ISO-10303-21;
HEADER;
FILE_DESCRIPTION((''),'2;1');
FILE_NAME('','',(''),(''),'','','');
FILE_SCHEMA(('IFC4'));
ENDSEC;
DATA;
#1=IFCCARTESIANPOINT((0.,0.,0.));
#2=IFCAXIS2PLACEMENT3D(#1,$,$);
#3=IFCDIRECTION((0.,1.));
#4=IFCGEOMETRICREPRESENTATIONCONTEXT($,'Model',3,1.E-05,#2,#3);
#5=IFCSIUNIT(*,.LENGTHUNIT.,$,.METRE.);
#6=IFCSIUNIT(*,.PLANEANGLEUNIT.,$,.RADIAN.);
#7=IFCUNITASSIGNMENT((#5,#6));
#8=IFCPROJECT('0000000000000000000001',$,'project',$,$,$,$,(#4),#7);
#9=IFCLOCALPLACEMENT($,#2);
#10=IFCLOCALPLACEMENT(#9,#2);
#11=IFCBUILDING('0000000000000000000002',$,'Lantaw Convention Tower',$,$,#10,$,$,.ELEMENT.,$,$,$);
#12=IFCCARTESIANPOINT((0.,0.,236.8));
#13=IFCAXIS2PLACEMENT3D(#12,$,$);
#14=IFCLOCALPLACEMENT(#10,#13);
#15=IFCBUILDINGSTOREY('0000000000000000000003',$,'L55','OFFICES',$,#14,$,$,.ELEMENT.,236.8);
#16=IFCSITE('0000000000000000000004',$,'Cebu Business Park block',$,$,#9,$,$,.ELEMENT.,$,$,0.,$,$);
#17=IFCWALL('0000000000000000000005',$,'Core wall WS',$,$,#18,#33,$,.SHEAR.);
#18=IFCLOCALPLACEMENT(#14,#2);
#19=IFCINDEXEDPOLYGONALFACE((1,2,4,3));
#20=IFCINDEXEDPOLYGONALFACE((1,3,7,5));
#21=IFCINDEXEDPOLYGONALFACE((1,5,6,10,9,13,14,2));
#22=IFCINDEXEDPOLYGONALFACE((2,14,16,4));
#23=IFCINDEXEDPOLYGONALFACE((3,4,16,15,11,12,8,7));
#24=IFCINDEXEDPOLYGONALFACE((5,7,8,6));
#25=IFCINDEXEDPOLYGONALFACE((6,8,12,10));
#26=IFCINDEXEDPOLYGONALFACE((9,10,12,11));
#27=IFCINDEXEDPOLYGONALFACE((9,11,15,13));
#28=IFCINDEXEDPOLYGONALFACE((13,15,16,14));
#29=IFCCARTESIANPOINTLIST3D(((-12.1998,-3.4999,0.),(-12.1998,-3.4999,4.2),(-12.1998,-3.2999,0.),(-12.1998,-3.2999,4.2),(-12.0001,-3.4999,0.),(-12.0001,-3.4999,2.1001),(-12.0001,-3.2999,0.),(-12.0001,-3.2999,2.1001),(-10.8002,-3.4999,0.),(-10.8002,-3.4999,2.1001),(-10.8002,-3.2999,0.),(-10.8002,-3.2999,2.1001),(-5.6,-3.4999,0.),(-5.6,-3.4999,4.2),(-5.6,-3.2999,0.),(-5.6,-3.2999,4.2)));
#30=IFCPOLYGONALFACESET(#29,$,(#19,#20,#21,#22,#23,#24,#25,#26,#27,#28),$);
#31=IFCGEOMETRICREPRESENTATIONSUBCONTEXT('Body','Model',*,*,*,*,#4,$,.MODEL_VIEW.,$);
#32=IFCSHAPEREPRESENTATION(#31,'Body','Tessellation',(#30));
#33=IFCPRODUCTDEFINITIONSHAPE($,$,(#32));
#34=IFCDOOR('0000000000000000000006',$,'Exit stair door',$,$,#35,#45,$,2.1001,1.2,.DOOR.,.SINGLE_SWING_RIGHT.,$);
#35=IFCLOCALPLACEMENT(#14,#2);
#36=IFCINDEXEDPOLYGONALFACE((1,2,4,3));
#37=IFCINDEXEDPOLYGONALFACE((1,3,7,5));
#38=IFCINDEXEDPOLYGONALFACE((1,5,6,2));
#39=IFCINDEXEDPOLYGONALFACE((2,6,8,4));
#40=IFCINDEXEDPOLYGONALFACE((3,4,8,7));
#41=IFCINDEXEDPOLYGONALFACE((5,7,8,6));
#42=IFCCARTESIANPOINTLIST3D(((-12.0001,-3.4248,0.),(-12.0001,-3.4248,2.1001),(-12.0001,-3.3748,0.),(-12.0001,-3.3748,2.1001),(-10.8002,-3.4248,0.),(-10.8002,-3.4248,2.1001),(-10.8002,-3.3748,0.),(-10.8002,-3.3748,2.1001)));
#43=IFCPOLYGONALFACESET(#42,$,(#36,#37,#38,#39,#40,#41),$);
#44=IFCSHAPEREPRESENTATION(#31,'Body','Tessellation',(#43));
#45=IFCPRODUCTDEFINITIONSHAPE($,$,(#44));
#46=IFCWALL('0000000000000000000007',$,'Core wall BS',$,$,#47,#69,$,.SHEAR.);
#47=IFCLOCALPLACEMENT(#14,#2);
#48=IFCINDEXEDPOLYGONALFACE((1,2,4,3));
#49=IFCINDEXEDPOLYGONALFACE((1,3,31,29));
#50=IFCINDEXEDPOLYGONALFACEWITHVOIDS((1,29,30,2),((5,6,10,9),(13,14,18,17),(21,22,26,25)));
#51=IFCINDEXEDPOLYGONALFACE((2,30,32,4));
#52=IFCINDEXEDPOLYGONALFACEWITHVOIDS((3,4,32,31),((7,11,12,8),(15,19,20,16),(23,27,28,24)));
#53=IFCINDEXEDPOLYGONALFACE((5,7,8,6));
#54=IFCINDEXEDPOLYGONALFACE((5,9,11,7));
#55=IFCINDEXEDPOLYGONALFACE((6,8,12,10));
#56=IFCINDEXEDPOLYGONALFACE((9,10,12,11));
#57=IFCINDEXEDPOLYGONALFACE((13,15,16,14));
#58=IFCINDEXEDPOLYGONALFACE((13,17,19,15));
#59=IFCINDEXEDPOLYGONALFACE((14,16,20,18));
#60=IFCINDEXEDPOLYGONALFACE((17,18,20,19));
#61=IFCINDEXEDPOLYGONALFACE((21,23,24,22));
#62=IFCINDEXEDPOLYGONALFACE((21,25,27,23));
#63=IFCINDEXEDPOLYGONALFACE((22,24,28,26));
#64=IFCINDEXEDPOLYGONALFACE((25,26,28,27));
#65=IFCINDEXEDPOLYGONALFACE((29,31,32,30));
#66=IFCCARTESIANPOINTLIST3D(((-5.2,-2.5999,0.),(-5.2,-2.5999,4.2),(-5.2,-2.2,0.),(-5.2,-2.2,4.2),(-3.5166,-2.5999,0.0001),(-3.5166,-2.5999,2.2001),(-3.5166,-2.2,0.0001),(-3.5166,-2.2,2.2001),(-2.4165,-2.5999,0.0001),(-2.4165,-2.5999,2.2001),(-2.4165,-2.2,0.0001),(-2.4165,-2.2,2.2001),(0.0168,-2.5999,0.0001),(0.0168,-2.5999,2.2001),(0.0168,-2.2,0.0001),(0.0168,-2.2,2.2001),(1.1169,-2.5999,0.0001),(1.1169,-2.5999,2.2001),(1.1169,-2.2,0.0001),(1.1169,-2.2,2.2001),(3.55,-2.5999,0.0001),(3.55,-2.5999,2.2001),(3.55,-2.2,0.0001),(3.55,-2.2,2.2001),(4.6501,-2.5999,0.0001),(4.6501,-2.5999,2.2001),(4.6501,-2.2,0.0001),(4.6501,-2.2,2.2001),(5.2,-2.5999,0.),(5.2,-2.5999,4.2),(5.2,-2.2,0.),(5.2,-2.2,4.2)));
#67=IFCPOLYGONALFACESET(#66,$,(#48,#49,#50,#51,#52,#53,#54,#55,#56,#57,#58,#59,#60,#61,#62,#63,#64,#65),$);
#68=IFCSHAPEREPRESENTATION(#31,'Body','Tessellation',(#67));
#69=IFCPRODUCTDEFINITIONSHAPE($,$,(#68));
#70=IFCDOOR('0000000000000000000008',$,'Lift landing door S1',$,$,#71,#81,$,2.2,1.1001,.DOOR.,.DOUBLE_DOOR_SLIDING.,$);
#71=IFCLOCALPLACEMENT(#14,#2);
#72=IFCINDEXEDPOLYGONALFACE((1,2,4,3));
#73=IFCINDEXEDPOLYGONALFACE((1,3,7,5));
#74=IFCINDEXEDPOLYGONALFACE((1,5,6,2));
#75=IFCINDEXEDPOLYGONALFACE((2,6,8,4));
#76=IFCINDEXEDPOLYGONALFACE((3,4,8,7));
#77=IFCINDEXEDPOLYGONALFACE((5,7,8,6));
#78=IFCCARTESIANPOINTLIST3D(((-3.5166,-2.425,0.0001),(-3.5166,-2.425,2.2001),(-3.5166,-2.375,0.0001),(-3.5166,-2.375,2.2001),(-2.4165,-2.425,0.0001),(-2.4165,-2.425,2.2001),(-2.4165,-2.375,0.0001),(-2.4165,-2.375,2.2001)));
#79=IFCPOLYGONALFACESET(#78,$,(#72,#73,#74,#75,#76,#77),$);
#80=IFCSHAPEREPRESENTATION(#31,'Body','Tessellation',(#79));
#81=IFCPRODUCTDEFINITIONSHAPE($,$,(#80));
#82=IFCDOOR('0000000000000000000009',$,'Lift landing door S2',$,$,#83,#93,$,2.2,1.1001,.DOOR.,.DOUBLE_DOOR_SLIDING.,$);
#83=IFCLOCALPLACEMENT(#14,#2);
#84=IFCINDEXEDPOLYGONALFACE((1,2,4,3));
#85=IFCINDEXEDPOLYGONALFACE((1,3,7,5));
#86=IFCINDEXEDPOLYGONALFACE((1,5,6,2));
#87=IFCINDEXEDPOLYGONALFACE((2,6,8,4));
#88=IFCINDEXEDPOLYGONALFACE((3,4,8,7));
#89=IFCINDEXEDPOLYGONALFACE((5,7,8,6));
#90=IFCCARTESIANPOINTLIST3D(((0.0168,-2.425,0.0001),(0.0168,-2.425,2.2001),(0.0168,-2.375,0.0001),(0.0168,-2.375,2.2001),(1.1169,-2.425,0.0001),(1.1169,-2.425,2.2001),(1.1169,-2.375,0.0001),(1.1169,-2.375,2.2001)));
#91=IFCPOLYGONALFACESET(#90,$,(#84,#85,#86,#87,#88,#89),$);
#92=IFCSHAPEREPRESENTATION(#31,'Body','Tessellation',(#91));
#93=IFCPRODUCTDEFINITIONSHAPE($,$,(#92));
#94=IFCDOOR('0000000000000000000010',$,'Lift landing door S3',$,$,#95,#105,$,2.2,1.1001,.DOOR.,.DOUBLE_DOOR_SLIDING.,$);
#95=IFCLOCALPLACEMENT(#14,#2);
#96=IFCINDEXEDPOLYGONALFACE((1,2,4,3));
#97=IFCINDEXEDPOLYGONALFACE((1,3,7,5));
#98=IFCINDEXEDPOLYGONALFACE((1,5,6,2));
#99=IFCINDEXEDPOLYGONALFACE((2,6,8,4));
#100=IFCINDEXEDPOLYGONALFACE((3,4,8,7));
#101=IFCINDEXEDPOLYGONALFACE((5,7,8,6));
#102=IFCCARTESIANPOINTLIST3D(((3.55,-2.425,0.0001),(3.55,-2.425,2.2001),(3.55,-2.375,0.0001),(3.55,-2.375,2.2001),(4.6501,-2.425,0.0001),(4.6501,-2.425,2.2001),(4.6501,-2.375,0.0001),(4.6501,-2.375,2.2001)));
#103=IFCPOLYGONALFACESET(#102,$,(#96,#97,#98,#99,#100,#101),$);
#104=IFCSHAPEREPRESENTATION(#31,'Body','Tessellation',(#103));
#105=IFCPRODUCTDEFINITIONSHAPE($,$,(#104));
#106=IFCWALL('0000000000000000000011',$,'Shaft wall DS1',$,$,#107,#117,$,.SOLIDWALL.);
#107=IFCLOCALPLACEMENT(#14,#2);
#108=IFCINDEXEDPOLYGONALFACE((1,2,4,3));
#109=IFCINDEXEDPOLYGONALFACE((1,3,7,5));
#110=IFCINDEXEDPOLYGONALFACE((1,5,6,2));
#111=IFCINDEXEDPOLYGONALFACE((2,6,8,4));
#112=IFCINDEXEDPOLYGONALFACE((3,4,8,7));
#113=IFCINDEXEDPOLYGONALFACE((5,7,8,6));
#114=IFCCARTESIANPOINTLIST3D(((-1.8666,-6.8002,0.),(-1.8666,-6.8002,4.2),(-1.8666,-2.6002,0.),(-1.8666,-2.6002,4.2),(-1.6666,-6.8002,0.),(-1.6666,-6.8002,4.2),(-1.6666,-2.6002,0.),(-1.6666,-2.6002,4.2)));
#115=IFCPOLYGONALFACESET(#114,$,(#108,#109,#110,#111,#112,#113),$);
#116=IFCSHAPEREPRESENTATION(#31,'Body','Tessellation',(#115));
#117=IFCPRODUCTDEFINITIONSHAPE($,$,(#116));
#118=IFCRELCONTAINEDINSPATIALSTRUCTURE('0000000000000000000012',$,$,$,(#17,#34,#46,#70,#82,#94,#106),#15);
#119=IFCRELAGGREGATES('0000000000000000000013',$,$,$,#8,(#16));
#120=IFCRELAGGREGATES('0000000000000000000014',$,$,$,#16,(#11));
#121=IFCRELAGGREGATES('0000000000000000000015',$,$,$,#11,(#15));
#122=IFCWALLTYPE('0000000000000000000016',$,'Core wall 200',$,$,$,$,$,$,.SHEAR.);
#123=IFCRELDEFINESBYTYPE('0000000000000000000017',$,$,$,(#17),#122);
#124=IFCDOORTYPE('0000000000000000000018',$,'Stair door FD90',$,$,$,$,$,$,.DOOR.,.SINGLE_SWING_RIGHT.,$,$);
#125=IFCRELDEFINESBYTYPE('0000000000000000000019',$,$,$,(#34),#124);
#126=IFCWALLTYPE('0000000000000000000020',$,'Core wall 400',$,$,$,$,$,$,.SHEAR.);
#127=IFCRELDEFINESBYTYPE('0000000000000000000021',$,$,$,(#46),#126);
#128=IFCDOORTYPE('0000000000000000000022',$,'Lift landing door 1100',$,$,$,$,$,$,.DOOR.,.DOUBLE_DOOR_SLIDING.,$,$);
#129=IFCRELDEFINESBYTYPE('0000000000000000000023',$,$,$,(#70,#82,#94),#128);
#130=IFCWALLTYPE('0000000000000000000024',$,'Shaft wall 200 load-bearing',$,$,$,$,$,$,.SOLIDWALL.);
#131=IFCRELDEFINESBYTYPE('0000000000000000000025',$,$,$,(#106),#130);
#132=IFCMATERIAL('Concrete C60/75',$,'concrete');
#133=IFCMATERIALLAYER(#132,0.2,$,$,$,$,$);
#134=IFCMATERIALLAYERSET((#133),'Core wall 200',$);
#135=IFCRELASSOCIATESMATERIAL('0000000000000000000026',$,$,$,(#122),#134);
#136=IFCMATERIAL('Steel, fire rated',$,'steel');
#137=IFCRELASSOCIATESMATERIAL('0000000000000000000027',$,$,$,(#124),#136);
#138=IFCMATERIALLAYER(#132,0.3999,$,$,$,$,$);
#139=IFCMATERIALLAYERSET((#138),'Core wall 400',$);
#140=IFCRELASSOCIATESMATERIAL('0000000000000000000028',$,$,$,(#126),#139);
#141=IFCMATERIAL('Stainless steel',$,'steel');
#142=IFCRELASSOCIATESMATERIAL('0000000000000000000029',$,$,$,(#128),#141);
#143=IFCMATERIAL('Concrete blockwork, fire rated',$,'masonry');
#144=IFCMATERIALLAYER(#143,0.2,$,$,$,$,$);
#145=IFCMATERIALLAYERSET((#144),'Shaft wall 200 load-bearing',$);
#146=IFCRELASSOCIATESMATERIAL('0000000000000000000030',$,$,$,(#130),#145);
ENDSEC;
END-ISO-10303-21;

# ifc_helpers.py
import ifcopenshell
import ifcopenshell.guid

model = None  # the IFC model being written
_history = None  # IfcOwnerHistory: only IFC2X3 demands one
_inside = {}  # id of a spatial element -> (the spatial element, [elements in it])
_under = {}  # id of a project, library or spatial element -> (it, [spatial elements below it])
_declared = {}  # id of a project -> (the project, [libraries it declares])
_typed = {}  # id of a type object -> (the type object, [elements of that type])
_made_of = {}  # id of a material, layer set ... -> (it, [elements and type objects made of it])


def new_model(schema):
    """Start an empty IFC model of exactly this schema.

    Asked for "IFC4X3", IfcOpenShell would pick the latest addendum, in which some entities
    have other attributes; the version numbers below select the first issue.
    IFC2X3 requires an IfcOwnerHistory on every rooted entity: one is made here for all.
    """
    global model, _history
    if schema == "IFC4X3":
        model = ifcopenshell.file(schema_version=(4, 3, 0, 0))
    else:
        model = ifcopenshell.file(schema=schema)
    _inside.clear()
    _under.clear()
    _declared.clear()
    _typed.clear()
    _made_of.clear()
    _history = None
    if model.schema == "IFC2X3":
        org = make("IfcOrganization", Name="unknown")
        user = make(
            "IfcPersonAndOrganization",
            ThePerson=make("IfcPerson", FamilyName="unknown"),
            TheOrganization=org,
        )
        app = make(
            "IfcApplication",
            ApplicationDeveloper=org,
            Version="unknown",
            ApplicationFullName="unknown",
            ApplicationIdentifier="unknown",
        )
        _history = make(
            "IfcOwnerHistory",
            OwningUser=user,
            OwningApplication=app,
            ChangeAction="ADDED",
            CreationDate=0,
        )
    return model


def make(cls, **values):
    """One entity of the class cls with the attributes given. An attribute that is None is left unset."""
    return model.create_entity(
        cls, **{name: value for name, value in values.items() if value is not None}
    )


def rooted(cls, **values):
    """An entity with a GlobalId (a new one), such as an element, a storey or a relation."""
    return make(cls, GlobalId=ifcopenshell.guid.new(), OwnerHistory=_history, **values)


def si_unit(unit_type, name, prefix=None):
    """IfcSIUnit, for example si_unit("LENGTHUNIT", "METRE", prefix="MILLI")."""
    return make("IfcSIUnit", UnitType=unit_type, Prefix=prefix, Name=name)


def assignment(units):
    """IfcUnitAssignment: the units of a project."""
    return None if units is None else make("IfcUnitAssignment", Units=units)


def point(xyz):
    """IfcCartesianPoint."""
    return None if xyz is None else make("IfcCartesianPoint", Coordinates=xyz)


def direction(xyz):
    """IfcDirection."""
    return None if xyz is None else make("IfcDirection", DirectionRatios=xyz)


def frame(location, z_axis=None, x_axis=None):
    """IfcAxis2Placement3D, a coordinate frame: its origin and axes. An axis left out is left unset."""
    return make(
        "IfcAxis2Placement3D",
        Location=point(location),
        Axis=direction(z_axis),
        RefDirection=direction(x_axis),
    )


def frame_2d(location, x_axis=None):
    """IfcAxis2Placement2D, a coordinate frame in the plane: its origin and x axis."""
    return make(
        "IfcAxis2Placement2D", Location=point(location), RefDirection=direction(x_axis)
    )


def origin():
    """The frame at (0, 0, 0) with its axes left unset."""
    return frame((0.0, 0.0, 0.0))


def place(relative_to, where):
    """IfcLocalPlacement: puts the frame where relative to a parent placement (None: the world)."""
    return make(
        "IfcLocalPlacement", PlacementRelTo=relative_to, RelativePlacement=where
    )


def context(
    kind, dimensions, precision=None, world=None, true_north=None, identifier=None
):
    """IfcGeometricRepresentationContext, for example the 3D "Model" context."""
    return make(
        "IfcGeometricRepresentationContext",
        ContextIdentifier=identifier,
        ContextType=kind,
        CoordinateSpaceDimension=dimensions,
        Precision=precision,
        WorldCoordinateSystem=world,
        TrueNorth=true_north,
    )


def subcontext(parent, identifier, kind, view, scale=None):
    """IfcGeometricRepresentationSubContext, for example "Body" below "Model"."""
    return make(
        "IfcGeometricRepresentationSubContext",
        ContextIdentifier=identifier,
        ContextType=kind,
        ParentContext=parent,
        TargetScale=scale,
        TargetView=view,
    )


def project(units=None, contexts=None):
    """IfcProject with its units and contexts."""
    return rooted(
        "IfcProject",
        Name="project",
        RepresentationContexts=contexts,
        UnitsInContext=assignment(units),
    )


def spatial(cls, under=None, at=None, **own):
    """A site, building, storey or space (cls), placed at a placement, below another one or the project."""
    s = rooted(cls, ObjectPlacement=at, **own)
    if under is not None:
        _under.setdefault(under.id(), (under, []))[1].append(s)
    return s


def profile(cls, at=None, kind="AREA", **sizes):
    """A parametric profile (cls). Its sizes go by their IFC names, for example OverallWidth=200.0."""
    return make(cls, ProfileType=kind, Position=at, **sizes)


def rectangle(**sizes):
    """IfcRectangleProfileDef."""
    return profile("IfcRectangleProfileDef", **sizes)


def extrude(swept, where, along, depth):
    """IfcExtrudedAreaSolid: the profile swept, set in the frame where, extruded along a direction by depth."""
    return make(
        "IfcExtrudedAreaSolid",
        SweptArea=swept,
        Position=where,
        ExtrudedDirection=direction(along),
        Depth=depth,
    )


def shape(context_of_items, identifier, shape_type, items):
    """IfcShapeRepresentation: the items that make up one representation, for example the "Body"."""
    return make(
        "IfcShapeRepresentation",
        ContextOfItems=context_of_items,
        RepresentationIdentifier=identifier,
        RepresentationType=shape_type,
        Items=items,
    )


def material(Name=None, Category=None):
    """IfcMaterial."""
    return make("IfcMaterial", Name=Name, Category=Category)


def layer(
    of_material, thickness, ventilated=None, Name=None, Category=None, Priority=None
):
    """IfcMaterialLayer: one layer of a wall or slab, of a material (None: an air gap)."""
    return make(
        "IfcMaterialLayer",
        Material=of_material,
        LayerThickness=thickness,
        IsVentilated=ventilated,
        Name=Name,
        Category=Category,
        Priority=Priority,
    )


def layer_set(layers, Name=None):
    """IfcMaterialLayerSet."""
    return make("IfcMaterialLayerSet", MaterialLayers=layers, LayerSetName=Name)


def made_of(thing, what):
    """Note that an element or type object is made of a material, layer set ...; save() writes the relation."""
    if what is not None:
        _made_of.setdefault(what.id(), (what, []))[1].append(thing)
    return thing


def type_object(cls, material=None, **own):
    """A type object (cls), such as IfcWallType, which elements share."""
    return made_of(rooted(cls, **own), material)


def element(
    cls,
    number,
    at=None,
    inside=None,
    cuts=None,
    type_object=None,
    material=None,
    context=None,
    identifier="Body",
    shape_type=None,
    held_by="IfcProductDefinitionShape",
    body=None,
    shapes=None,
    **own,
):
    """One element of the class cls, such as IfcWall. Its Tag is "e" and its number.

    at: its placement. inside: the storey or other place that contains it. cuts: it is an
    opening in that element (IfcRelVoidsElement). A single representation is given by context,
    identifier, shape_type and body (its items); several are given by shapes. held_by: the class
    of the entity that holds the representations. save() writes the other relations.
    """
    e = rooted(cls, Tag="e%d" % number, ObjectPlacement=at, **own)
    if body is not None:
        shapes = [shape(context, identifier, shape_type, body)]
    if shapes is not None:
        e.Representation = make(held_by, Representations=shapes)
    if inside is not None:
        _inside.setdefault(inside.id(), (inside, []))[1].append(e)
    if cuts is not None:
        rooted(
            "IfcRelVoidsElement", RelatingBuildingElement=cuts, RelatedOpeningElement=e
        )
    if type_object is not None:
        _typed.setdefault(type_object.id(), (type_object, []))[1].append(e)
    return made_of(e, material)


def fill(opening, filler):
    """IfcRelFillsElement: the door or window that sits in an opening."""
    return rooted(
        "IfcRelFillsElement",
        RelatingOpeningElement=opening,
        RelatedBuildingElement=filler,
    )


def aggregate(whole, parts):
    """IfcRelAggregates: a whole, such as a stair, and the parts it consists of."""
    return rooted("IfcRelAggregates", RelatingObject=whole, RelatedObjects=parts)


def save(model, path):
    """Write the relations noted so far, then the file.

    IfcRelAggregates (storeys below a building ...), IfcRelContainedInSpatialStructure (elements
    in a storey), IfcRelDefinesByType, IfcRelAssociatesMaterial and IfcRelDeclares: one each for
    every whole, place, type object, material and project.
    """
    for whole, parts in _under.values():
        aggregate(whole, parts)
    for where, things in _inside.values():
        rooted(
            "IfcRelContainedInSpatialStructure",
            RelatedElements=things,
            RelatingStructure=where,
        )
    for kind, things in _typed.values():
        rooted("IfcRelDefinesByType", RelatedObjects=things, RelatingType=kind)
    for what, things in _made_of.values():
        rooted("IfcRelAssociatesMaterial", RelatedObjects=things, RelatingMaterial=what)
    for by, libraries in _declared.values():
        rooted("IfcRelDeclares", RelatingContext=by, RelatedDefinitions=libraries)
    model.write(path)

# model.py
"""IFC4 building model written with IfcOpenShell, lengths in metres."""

from ifc_helpers import new_model, si_unit, direction, frame, frame_2d, origin, place, context, subcontext, project, spatial, rectangle, extrude, material, layer, layer_set, type_object, element, fill, save


model = new_model("IFC4")

# Units and contexts
model_context = context("Model", 3, precision=1e-05, world=origin(), true_north=direction((0.0, 1.0)))
body_context = subcontext(model_context, "Body", "Model", "MODEL_VIEW")
ifc_project = project(units=[si_unit("LENGTHUNIT", "METRE"), si_unit("PLANEANGLEUNIT", "RADIAN")], contexts=[model_context])

# Site, building, storey
site_placement = place(None, origin())
site = spatial("IfcSite", under=ifc_project, at=site_placement, Name="Cebu Business Park block", CompositionType="ELEMENT", RefElevation=0.0)
building_placement = place(site_placement, origin())
building = spatial("IfcBuilding", under=site, at=building_placement, Name="Lantaw Convention Tower", CompositionType="ELEMENT")
storey_placement = place(building_placement, frame((0.0, 0.0, 236.8)))
storey = spatial("IfcBuildingStorey", under=building, at=storey_placement, Name="L55", Description="OFFICES", CompositionType="ELEMENT", Elevation=236.8)

# Wall, opening, door
ifc_material_1 = material(Name="Concrete C60/75", Category="concrete")
ifc_layer_1 = layer(ifc_material_1, 0.2)
ifc_layer_set_1 = layer_set([ifc_layer_1], Name="Core wall 200")
wall_type_1 = type_object("IfcWallType", Name="Core wall 200", PredefinedType="SHEAR", material=ifc_layer_set_1)
wall_1_placement = place(storey_placement, frame((-5.6001, -3.3999, 0.0), z_axis=(0.0, 0.0, 1.0), x_axis=(-1.0, 0.0, 0.0)))
wall_1 = element("IfcWall", 1, at=wall_1_placement, inside=storey, type_object=wall_type_1, Name="Core wall WS", PredefinedType="SHEAR", context=body_context, shape_type="SweptSolid", body=[
    extrude(rectangle(XDim=6.5999, YDim=0.2, at=frame_2d((3.2998, 0.0))), origin(), (0.0, 0.0, 1.0), 4.2),
])
opening_1_placement = place(wall_1_placement, frame((5.2, 0.0, 0.0)))
opening_1 = element("IfcOpeningElement", 2, at=opening_1_placement, cuts=wall_1, PredefinedType="OPENING", context=body_context, shape_type="SweptSolid", body=[
    extrude(rectangle(XDim=1.2, YDim=2.1001, at=frame_2d((0.6001, 1.05))), frame((0.0, 0.1099, 0.0), z_axis=(0.0, -1.0, 0.0), x_axis=(1.0, 0.0, 0.0)), (0.0, 0.0, 1.0), 0.22),
])
ifc_material_2 = material(Name="Steel, fire rated", Category="steel")
door_type_1 = type_object("IfcDoorType", Name="Stair door FD90", OperationType="SINGLE_SWING_RIGHT", PredefinedType="DOOR", material=ifc_material_2)
door_1_placement = place(opening_1_placement, origin())
door_1 = element("IfcDoor", 3, at=door_1_placement, inside=storey, type_object=door_type_1, Name="Exit stair door", OperationType="SINGLE_SWING_RIGHT", OverallHeight=2.1001, OverallWidth=1.2, PredefinedType="DOOR", context=body_context, shape_type="SweptSolid", body=[
    extrude(rectangle(XDim=1.2, YDim=2.1001, at=frame_2d((0.6001, 1.05))), frame((0.0, 0.0249, 0.0), z_axis=(0.0, -1.0, 0.0), x_axis=(1.0, 0.0, 0.0)), (0.0, 0.0, 1.0), 0.05),
])
fill(opening_1, door_1)

# Wall, openings, doors
ifc_layer_2 = layer(ifc_material_1, 0.3999)
ifc_layer_set_2 = layer_set([ifc_layer_2], Name="Core wall 400")
wall_type_2 = type_object("IfcWallType", Name="Core wall 400", PredefinedType="SHEAR", material=ifc_layer_set_2)
wall_2_placement = place(storey_placement, frame((-5.2, -2.3999, 0.0), z_axis=(0.0, 0.0, 1.0), x_axis=(1.0, 0.0, 0.0)))
wall_2 = element("IfcWall", 4, at=wall_2_placement, inside=storey, type_object=wall_type_2, Name="Core wall BS", PredefinedType="SHEAR", context=body_context, shape_type="SweptSolid", body=[
    extrude(rectangle(XDim=10.3999, YDim=0.3999, at=frame_2d((5.2, 0.0))), origin(), (0.0, 0.0, 1.0), 4.2),
])
opening_2_placement = place(wall_2_placement, frame((1.6833, 0.0, 0.0)))
opening_2 = element("IfcOpeningElement", 5, at=opening_2_placement, cuts=wall_2, PredefinedType="OPENING", context=body_context, shape_type="SweptSolid", body=[
    extrude(rectangle(XDim=1.1001, YDim=2.2, at=frame_2d((0.55, 1.1001))), frame((0.0, 0.21, 0.0), z_axis=(0.0, -1.0, 0.0), x_axis=(1.0, 0.0, 0.0)), (0.0, 0.0, 1.0), 0.4199),
])
opening_3_placement = place(wall_2_placement, frame((5.2168, 0.0, 0.0)))
opening_3 = element("IfcOpeningElement", 6, at=opening_3_placement, cuts=wall_2, PredefinedType="OPENING", context=body_context, shape_type="SweptSolid", body=[
    extrude(rectangle(XDim=1.1001, YDim=2.2, at=frame_2d((0.55, 1.1001))), frame((0.0, 0.21, 0.0), z_axis=(0.0, -1.0, 0.0), x_axis=(1.0, 0.0, 0.0)), (0.0, 0.0, 1.0), 0.4199),
])
opening_4_placement = place(wall_2_placement, frame((8.75, 0.0, 0.0)))
opening_4 = element("IfcOpeningElement", 7, at=opening_4_placement, cuts=wall_2, PredefinedType="OPENING", context=body_context, shape_type="SweptSolid", body=[
    extrude(rectangle(XDim=1.1001, YDim=2.2, at=frame_2d((0.55, 1.1001))), frame((0.0, 0.21, 0.0), z_axis=(0.0, -1.0, 0.0), x_axis=(1.0, 0.0, 0.0)), (0.0, 0.0, 1.0), 0.4199),
])
ifc_material_3 = material(Name="Stainless steel", Category="steel")
door_type_2 = type_object("IfcDoorType", Name="Lift landing door 1100", OperationType="DOUBLE_DOOR_SLIDING", PredefinedType="DOOR", material=ifc_material_3)
door_2_placement = place(opening_2_placement, origin())
door_2 = element("IfcDoor", 8, at=door_2_placement, inside=storey, type_object=door_type_2, Name="Lift landing door S1", OperationType="DOUBLE_DOOR_SLIDING", OverallHeight=2.2, OverallWidth=1.1001, PredefinedType="DOOR", context=body_context, shape_type="SweptSolid", body=[
    extrude(rectangle(XDim=1.1001, YDim=2.2, at=frame_2d((0.55, 1.1001))), frame((0.0, 0.0249, 0.0), z_axis=(0.0, -1.0, 0.0), x_axis=(1.0, 0.0, 0.0)), (0.0, 0.0, 1.0), 0.05),
])
fill(opening_2, door_2)
door_3_placement = place(opening_3_placement, origin())
door_3 = element("IfcDoor", 9, at=door_3_placement, inside=storey, type_object=door_type_2, Name="Lift landing door S2", OperationType="DOUBLE_DOOR_SLIDING", OverallHeight=2.2, OverallWidth=1.1001, PredefinedType="DOOR", context=body_context, shape_type="SweptSolid", body=[
    extrude(rectangle(XDim=1.1001, YDim=2.2, at=frame_2d((0.55, 1.1001))), frame((0.0, 0.0249, 0.0), z_axis=(0.0, -1.0, 0.0), x_axis=(1.0, 0.0, 0.0)), (0.0, 0.0, 1.0), 0.05),
])
fill(opening_3, door_3)
door_4_placement = place(opening_4_placement, origin())
door_4 = element("IfcDoor", 10, at=door_4_placement, inside=storey, type_object=door_type_2, Name="Lift landing door S3", OperationType="DOUBLE_DOOR_SLIDING", OverallHeight=2.2, OverallWidth=1.1001, PredefinedType="DOOR", context=body_context, shape_type="SweptSolid", body=[
    extrude(rectangle(XDim=1.1001, YDim=2.2, at=frame_2d((0.55, 1.1001))), frame((0.0, 0.0249, 0.0), z_axis=(0.0, -1.0, 0.0), x_axis=(1.0, 0.0, 0.0)), (0.0, 0.0, 1.0), 0.05),
])
fill(opening_4, door_4)

# Wall
ifc_material_4 = material(Name="Concrete blockwork, fire rated", Category="masonry")
ifc_layer_3 = layer(ifc_material_4, 0.2)
ifc_layer_set_3 = layer_set([ifc_layer_3], Name="Shaft wall 200 load-bearing")
wall_type_3 = type_object("IfcWallType", Name="Shaft wall 200 load-bearing", PredefinedType="SOLIDWALL", material=ifc_layer_set_3)
wall_3_placement = place(storey_placement, frame((-1.7666, -2.6001, 0.0), z_axis=(0.0, 0.0, 1.0), x_axis=(0.0, -1.0, 0.0)))
element("IfcWall", 11, at=wall_3_placement, inside=storey, type_object=wall_type_3, Name="Shaft wall DS1", PredefinedType="SOLIDWALL", context=body_context, shape_type="SweptSolid", body=[
    extrude(rectangle(XDim=4.2, YDim=0.2, at=frame_2d((2.1001, 0.0))), origin(), (0.0, 0.0, 1.0), 4.2),
])

save(model, "model.ifc")
